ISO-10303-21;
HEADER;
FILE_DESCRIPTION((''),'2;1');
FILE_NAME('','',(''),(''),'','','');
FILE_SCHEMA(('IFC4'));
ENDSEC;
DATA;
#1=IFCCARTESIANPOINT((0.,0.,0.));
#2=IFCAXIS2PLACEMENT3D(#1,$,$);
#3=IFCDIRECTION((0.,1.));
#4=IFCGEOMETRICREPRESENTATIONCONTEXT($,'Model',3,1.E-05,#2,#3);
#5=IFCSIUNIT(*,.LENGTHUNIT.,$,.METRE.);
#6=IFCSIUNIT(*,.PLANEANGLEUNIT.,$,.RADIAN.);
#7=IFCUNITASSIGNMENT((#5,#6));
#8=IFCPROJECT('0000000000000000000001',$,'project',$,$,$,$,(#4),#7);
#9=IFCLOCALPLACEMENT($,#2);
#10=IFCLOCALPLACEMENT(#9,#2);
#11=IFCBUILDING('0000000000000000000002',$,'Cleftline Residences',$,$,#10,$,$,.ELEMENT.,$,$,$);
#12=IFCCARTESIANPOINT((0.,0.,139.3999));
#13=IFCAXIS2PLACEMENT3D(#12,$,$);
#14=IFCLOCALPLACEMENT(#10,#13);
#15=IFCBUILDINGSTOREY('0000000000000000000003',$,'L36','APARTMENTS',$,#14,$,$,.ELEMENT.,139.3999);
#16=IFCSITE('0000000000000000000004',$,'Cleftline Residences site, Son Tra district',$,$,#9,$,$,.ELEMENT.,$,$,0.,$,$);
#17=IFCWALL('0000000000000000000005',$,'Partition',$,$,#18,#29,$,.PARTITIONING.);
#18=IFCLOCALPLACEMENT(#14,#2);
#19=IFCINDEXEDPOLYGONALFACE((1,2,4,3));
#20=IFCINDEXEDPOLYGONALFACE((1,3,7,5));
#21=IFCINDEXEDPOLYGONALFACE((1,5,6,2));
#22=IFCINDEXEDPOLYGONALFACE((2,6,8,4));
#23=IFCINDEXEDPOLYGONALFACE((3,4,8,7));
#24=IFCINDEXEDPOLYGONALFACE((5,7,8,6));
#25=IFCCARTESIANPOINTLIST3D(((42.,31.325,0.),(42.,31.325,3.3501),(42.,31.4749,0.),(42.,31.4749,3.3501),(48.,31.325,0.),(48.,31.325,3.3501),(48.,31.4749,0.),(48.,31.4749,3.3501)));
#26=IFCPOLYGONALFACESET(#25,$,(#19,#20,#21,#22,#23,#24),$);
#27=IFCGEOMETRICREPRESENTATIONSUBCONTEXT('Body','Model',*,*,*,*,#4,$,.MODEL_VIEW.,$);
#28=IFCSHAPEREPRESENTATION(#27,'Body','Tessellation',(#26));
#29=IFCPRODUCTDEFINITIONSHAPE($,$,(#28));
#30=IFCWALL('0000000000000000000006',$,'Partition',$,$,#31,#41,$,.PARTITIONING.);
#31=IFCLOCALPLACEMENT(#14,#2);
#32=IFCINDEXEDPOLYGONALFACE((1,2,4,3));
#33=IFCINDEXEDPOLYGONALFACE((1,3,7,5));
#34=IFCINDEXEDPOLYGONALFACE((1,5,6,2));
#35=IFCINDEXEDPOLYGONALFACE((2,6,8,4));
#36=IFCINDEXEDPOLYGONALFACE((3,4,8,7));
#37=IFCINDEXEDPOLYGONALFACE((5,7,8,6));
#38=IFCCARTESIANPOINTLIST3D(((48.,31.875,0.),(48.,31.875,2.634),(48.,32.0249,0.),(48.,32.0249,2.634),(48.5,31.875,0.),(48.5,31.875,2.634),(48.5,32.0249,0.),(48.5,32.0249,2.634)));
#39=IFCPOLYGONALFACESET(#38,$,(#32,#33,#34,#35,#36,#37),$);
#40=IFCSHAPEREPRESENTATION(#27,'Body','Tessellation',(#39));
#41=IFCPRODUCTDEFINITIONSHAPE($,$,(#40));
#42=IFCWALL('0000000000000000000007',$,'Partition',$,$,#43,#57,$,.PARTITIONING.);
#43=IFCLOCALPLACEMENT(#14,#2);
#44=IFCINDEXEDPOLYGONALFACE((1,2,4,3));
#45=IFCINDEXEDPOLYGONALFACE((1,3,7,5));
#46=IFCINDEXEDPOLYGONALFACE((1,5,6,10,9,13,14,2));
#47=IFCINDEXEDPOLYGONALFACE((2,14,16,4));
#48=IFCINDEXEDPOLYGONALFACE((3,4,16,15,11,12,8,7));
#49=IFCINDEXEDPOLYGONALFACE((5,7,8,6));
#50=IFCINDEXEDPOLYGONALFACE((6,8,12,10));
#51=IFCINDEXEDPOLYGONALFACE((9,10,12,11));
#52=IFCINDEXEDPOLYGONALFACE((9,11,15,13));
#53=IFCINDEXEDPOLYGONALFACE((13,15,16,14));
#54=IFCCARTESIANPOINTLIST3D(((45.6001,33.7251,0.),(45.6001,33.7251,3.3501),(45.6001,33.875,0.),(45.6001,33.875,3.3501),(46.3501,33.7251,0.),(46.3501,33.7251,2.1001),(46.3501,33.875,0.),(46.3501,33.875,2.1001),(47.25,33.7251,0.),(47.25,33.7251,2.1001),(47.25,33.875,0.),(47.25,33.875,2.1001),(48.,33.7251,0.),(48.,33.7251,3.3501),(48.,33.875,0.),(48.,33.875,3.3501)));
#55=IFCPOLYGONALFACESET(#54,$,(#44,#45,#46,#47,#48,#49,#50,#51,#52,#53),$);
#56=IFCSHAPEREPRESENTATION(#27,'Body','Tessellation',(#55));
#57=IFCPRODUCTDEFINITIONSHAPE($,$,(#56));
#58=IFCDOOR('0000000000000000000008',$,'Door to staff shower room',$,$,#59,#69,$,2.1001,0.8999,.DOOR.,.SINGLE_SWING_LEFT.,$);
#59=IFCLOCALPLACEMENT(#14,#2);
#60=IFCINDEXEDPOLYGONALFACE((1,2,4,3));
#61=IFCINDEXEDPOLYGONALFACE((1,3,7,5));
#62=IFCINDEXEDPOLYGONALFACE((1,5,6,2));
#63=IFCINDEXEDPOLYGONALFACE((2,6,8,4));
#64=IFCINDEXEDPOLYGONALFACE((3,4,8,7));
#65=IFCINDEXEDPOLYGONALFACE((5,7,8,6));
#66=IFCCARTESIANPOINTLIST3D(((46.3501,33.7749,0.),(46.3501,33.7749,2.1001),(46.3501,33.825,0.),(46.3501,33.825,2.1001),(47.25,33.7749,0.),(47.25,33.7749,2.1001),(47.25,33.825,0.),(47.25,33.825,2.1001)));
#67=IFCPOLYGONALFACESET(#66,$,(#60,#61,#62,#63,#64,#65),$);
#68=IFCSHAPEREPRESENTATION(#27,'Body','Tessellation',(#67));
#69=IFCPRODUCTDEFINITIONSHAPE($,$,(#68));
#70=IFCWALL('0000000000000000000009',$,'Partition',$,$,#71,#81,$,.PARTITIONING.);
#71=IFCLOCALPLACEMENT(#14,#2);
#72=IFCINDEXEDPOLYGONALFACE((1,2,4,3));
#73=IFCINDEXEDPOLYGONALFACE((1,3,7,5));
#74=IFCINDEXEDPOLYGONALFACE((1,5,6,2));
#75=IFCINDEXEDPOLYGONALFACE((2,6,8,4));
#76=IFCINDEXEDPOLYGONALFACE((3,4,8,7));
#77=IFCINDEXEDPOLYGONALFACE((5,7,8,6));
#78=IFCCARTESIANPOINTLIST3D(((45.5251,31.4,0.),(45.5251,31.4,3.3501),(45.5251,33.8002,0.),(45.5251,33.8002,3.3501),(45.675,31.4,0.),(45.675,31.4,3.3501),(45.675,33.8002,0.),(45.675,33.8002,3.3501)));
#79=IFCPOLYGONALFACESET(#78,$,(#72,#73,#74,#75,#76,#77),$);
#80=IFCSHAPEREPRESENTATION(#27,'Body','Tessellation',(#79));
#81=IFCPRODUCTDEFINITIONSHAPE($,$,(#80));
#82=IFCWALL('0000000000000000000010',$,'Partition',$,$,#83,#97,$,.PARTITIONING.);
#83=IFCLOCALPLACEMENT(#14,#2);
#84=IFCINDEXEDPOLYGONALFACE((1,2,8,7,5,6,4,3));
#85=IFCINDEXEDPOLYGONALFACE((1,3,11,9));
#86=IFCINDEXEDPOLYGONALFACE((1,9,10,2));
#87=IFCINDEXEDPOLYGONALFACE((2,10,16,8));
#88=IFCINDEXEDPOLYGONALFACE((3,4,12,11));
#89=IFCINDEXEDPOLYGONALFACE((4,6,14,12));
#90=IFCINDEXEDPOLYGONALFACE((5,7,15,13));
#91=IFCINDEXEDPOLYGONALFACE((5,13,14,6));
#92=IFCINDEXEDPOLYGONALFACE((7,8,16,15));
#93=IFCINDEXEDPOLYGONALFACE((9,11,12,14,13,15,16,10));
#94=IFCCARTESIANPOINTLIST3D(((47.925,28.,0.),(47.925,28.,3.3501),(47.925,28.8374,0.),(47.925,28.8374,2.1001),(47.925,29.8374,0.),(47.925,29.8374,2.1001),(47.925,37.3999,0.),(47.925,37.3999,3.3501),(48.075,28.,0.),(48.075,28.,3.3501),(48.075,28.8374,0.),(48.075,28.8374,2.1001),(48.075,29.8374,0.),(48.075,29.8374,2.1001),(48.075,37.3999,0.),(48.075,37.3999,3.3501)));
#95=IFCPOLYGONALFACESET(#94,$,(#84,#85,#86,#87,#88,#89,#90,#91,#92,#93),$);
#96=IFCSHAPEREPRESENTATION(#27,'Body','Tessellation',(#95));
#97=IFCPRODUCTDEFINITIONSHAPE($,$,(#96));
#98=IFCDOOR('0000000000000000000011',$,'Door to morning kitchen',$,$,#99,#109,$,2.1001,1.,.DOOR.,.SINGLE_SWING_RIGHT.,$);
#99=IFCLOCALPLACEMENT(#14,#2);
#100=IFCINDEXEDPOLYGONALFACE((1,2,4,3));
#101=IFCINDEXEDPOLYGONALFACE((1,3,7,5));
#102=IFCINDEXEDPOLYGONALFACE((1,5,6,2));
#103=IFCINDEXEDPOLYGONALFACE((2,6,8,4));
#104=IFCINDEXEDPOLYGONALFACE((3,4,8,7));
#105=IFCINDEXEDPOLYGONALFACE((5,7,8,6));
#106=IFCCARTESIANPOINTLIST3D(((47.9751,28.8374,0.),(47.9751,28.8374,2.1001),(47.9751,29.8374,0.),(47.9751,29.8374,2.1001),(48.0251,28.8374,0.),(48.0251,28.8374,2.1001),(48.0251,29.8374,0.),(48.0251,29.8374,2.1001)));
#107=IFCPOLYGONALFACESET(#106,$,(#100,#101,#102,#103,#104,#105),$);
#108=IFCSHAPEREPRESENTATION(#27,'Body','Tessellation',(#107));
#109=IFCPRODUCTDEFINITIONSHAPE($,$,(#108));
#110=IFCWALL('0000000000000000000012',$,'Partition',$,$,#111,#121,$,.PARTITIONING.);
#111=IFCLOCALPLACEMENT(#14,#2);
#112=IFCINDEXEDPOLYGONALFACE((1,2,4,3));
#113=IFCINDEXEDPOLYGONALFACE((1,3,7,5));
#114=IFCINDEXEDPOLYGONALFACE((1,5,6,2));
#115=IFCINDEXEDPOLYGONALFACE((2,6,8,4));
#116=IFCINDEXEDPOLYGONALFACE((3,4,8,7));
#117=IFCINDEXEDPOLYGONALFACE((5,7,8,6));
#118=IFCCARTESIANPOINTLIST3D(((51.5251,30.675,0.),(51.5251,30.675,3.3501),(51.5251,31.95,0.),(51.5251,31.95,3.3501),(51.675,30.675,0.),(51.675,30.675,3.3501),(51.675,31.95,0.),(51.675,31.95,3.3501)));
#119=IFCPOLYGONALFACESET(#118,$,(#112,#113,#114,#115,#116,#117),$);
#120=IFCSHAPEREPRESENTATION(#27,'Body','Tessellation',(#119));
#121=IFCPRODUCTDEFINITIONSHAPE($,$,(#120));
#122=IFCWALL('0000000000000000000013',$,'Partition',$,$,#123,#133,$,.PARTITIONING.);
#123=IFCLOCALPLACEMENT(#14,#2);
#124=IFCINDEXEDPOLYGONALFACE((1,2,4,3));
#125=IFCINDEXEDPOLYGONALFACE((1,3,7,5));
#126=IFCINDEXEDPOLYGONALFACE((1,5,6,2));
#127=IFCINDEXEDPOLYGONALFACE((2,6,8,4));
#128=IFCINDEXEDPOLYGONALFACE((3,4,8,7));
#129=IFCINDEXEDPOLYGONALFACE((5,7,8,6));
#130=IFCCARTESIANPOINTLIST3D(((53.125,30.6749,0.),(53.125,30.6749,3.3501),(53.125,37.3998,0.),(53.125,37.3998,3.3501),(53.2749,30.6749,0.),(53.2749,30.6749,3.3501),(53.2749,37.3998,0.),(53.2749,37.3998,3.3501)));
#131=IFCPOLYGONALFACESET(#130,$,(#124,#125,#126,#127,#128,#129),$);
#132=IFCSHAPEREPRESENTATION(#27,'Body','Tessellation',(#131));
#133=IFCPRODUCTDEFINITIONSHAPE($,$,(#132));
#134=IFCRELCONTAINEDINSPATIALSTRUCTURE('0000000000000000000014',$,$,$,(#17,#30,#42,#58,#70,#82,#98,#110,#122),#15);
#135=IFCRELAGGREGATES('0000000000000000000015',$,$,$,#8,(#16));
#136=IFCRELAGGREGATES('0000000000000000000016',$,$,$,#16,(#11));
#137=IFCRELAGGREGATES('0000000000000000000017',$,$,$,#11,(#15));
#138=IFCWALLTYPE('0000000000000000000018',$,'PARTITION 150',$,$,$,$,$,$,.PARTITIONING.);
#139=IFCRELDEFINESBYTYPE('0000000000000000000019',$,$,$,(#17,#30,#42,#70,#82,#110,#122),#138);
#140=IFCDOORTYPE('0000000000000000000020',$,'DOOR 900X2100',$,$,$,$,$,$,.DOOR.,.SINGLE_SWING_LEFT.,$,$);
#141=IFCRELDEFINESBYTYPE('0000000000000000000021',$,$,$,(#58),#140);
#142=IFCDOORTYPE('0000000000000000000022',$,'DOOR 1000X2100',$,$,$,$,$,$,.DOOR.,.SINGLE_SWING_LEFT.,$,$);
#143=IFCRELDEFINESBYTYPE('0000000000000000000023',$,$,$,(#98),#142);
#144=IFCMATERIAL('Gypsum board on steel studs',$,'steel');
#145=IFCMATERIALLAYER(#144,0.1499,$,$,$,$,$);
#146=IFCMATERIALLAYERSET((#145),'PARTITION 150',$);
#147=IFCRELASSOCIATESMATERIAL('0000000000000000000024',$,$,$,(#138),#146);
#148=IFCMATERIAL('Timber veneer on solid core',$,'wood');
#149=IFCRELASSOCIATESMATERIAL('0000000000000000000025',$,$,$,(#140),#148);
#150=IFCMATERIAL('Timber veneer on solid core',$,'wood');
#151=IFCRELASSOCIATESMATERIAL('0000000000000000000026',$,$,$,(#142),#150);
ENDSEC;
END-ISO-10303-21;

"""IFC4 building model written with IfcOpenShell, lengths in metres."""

from ifc_helpers import new_model, si_unit, direction, frame, frame_2d, origin, place, context, subcontext, project, spatial, rectangle, extrude, material, layer, layer_set, type_object, element, fill, save


model = new_model("IFC4")

# Units and contexts
model_context = context("Model", 3, precision=1e-05, world=origin(), true_north=direction((0.0, 1.0)))
body_context = subcontext(model_context, "Body", "Model", "MODEL_VIEW")
ifc_project = project(units=[si_unit("LENGTHUNIT", "METRE"), si_unit("PLANEANGLEUNIT", "RADIAN")], contexts=[model_context])

# Site, building, storey
site_placement = place(None, origin())
site = spatial("IfcSite", under=ifc_project, at=site_placement, Name="Cleftline Residences site, Son Tra district", CompositionType="ELEMENT", RefElevation=0.0)
building_placement = place(site_placement, origin())
building = spatial("IfcBuilding", under=site, at=building_placement, Name="Cleftline Residences", CompositionType="ELEMENT")
storey_placement = place(building_placement, frame((0.0, 0.0, 139.3999)))
storey = spatial("IfcBuildingStorey", under=building, at=storey_placement, Name="L36", Description="APARTMENTS", CompositionType="ELEMENT", Elevation=139.3999)

# Shared definitions
ifc_material_1 = material(Name="Gypsum board on steel studs", Category="steel")
ifc_layer_1 = layer(ifc_material_1, 0.1499)
ifc_layer_set_1 = layer_set([ifc_layer_1], Name="PARTITION 150")
wall_type_1 = type_object("IfcWallType", Name="PARTITION 150", PredefinedType="PARTITIONING", material=ifc_layer_set_1)
ifc_material_2 = material(Name="Timber veneer on solid core", Category="wood")
door_type_1 = type_object("IfcDoorType", Name="DOOR 900X2100", OperationType="SINGLE_SWING_LEFT", PredefinedType="DOOR", material=ifc_material_2)
ifc_material_3 = material(Name="Timber veneer on solid core", Category="wood")
door_type_2 = type_object("IfcDoorType", Name="DOOR 1000X2100", OperationType="SINGLE_SWING_LEFT", PredefinedType="DOOR", material=ifc_material_3)

# Walls
wall_1_placement = place(storey_placement, frame((42.0, 31.3999, 0.0), z_axis=(0.0, 0.0, 1.0), x_axis=(1.0, 0.0, 0.0)))
element("IfcWall", 1, at=wall_1_placement, inside=storey, type_object=wall_type_1, Name="Partition", PredefinedType="PARTITIONING", context=body_context, shape_type="SweptSolid", body=[
    extrude(rectangle(XDim=6.0, YDim=0.1499, at=frame_2d((3.0, 0.0))), origin(), (0.0, 0.0, 1.0), 3.3501),
])
wall_2_placement = place(storey_placement, frame((48.0, 31.95, 0.0), z_axis=(0.0, 0.0, 1.0), x_axis=(1.0, 0.0, 0.0)))
element("IfcWall", 2, at=wall_2_placement, inside=storey, type_object=wall_type_1, Name="Partition", PredefinedType="PARTITIONING", context=body_context, shape_type="SweptSolid", body=[
    extrude(rectangle(XDim=0.5, YDim=0.1499, at=frame_2d((0.25, 0.0))), origin(), (0.0, 0.0, 1.0), 2.634),
])

# Wall, opening, door
wall_3_placement = place(storey_placement, frame((45.6001, 33.8, 0.0), z_axis=(0.0, 0.0, 1.0), x_axis=(1.0, 0.0, 0.0)))
wall_3 = element("IfcWall", 3, at=wall_3_placement, inside=storey, type_object=wall_type_1, Name="Partition", PredefinedType="PARTITIONING", context=body_context, shape_type="SweptSolid", body=[
    extrude(rectangle(XDim=2.3999, YDim=0.1499, at=frame_2d((1.2, 0.0))), origin(), (0.0, 0.0, 1.0), 3.3501),
])
opening_1_placement = place(wall_3_placement, frame((0.75, 0.0, 0.0)))
opening_1 = element("IfcOpeningElement", 4, at=opening_1_placement, cuts=wall_3, PredefinedType="OPENING", context=body_context, shape_type="SweptSolid", body=[
    extrude(rectangle(XDim=0.8999, YDim=2.1001, at=frame_2d((0.45, 1.05))), frame((0.0, 0.085, 0.0), z_axis=(0.0, -1.0, 0.0), x_axis=(1.0, 0.0, 0.0)), (0.0, 0.0, 1.0), 0.1699),
])
door_1_placement = place(opening_1_placement, origin())
door_1 = element("IfcDoor", 5, at=door_1_placement, inside=storey, type_object=door_type_1, Name="Door to staff shower room", OperationType="SINGLE_SWING_LEFT", OverallHeight=2.1001, OverallWidth=0.8999, PredefinedType="DOOR", context=body_context, shape_type="SweptSolid", body=[
    extrude(rectangle(XDim=0.8999, YDim=2.1001, at=frame_2d((0.45, 1.05))), frame((0.0, 0.0249, 0.0), z_axis=(0.0, -1.0, 0.0), x_axis=(1.0, 0.0, 0.0)), (0.0, 0.0, 1.0), 0.05),
])
fill(opening_1, door_1)

# Wall
wall_4_placement = place(storey_placement, frame((45.6001, 31.3999, 0.0), z_axis=(0.0, 0.0, 1.0), x_axis=(0.0, 1.0, 0.0)))
element("IfcWall", 6, at=wall_4_placement, inside=storey, type_object=wall_type_1, Name="Partition", PredefinedType="PARTITIONING", context=body_context, shape_type="SweptSolid", body=[
    extrude(rectangle(XDim=2.4001, YDim=0.1499, at=frame_2d((1.2002, 0.0))), origin(), (0.0, 0.0, 1.0), 3.3501),
])

# Wall, opening, door
wall_5_placement = place(storey_placement, frame((48.0, 28.0, 0.0), z_axis=(0.0, 0.0, 1.0), x_axis=(0.0, 1.0, 0.0)))
wall_5 = element("IfcWall", 7, at=wall_5_placement, inside=storey, type_object=wall_type_1, Name="Partition", PredefinedType="PARTITIONING", context=body_context, shape_type="SweptSolid", body=[
    extrude(rectangle(XDim=9.3999, YDim=0.1499, at=frame_2d((4.7, 0.0))), origin(), (0.0, 0.0, 1.0), 3.3501),
])
opening_2_placement = place(wall_5_placement, frame((0.8374, 0.0, 0.0)))
opening_2 = element("IfcOpeningElement", 8, at=opening_2_placement, cuts=wall_5, PredefinedType="OPENING", context=body_context, shape_type="SweptSolid", body=[
    extrude(rectangle(XDim=1.0, YDim=2.1001, at=frame_2d((0.5, 1.05))), frame((0.0, 0.085, 0.0), z_axis=(0.0, -1.0, 0.0), x_axis=(1.0, 0.0, 0.0)), (0.0, 0.0, 1.0), 0.1699),
])
door_2_placement = place(opening_2_placement, origin())
door_2 = element("IfcDoor", 9, at=door_2_placement, inside=storey, type_object=door_type_2, Name="Door to morning kitchen", OperationType="SINGLE_SWING_RIGHT", OverallHeight=2.1001, OverallWidth=1.0, PredefinedType="DOOR", context=body_context, shape_type="SweptSolid", body=[
    extrude(rectangle(XDim=1.0, YDim=2.1001, at=frame_2d((0.5, 1.05))), frame((0.0, 0.0249, 0.0), z_axis=(0.0, -1.0, 0.0), x_axis=(1.0, 0.0, 0.0)), (0.0, 0.0, 1.0), 0.05),
])
fill(opening_2, door_2)

# Walls
wall_6_placement = place(storey_placement, frame((51.6001, 30.675, 0.0), z_axis=(0.0, 0.0, 1.0), x_axis=(0.0, 1.0, 0.0)))
element("IfcWall", 10, at=wall_6_placement, inside=storey, type_object=wall_type_1, Name="Partition", PredefinedType="PARTITIONING", context=body_context, shape_type="SweptSolid", body=[
    extrude(rectangle(XDim=1.2749, YDim=0.1499, at=frame_2d((0.6375, 0.0))), origin(), (0.0, 0.0, 1.0), 3.3501),
])
wall_7_placement = place(storey_placement, frame((53.2, 30.675, 0.0), z_axis=(0.0, 0.0, 1.0), x_axis=(0.0, 1.0, 0.0)))
element("IfcWall", 11, at=wall_7_placement, inside=storey, type_object=wall_type_1, Name="Partition", PredefinedType="PARTITIONING", context=body_context, shape_type="SweptSolid", body=[
    extrude(rectangle(XDim=6.7249, YDim=0.1499, at=frame_2d((3.3623, 0.0))), origin(), (0.0, 0.0, 1.0), 3.3501),
])

save(model, "model.ifc")
